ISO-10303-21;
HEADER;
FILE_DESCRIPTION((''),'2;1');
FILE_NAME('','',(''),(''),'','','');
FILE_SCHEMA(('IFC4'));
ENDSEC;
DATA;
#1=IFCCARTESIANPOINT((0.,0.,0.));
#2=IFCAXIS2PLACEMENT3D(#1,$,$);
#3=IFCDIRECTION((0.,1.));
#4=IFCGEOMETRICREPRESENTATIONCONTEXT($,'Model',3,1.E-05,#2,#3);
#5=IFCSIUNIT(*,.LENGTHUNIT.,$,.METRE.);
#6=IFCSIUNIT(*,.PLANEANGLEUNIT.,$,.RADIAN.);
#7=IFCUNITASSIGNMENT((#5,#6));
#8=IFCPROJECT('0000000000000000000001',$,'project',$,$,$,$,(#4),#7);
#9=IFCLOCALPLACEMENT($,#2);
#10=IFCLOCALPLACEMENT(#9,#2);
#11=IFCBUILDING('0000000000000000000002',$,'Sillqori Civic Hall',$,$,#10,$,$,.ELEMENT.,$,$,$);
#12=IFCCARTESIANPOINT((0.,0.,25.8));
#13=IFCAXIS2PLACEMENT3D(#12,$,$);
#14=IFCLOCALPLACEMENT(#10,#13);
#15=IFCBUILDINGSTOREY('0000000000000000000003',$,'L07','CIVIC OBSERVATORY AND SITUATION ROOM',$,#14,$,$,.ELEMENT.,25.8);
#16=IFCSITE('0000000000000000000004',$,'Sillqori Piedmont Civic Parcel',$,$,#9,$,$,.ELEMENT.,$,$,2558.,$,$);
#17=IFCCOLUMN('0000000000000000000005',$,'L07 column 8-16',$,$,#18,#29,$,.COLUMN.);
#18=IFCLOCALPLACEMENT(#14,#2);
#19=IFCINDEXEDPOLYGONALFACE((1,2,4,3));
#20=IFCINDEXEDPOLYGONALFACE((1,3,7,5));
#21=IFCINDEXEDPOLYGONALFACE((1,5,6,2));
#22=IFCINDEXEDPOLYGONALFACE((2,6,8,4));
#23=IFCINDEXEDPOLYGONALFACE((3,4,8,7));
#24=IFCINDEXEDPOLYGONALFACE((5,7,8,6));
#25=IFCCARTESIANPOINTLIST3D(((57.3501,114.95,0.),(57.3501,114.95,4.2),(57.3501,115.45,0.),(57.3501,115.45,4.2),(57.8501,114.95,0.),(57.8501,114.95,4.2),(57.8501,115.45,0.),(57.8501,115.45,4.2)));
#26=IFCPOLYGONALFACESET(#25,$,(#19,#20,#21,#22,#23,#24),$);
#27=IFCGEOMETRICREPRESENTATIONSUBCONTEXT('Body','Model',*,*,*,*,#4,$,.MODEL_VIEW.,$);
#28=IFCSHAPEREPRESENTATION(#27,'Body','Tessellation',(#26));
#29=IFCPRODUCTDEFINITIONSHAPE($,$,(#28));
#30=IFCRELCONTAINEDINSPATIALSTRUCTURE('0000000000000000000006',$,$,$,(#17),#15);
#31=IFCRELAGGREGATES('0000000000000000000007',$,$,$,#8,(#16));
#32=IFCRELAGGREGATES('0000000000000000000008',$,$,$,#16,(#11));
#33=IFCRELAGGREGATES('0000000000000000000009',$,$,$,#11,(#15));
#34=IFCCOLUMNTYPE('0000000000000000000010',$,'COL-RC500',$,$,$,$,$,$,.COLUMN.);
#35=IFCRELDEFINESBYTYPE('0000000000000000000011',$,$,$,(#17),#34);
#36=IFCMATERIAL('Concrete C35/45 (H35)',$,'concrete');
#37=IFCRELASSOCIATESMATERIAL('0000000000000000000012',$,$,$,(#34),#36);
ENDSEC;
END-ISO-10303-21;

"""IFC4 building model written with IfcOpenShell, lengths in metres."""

from ifc_helpers import new_model, si_unit, direction, frame, origin, origin_2d, place, context, subcontext, project, spatial, rectangle, extrude, material, material_profile, profile_set, type_object, element, save


model = new_model("IFC4")

# Units and contexts
model_context = context("Model", 3, precision=1e-05, world=origin(), true_north=direction((0.0, 1.0)))
body_context = subcontext(model_context, "Body", "Model", "MODEL_VIEW")
ifc_project = project(units=[si_unit("LENGTHUNIT", "METRE"), si_unit("PLANEANGLEUNIT", "RADIAN")], contexts=[model_context])

# Site, building, storey
site_placement = place(None, origin())
site = spatial("IfcSite", under=ifc_project, at=site_placement, Name="Sillqori Piedmont Civic Parcel", CompositionType="ELEMENT", RefElevation=2558.0)
building_placement = place(site_placement, origin())
building = spatial("IfcBuilding", under=site, at=building_placement, Name="Sillqori Civic Hall", CompositionType="ELEMENT")
storey_placement = place(building_placement, frame((0.0, 0.0, 25.8)))
storey = spatial("IfcBuildingStorey", under=building, at=storey_placement, Name="L07", Description="CIVIC OBSERVATORY AND SITUATION ROOM", CompositionType="ELEMENT", Elevation=25.8)

# Column
ifc_material_1 = material(Name="Concrete C35/45 (H35)", Category="concrete")
ifc_material_profile_1 = material_profile(ifc_material_1, rectangle(XDim=0.5, YDim=0.5, at=origin_2d()), Name="RC 500x500")
ifc_profile_set_1 = profile_set([ifc_material_profile_1], Name="Concrete C35/45 (H35)")
column_type = type_object("IfcColumnType", Name="COL-RC500", PredefinedType="COLUMN", material=ifc_profile_set_1)
column_placement = place(storey_placement, frame((57.6001, 115.2, 0.0), z_axis=(0.0, 0.0, 1.0), x_axis=(1.0, 0.0, 0.0)))
element("IfcColumn", 1, at=column_placement, inside=storey, type_object=column_type, Name="L07 column 8-16", PredefinedType="COLUMN", context=body_context, shape_type="SweptSolid", body=[
    extrude(rectangle(XDim=0.5, YDim=0.5, at=origin_2d()), origin(), (0.0, 0.0, 1.0), 4.2),
])

save(model, "model.ifc")
